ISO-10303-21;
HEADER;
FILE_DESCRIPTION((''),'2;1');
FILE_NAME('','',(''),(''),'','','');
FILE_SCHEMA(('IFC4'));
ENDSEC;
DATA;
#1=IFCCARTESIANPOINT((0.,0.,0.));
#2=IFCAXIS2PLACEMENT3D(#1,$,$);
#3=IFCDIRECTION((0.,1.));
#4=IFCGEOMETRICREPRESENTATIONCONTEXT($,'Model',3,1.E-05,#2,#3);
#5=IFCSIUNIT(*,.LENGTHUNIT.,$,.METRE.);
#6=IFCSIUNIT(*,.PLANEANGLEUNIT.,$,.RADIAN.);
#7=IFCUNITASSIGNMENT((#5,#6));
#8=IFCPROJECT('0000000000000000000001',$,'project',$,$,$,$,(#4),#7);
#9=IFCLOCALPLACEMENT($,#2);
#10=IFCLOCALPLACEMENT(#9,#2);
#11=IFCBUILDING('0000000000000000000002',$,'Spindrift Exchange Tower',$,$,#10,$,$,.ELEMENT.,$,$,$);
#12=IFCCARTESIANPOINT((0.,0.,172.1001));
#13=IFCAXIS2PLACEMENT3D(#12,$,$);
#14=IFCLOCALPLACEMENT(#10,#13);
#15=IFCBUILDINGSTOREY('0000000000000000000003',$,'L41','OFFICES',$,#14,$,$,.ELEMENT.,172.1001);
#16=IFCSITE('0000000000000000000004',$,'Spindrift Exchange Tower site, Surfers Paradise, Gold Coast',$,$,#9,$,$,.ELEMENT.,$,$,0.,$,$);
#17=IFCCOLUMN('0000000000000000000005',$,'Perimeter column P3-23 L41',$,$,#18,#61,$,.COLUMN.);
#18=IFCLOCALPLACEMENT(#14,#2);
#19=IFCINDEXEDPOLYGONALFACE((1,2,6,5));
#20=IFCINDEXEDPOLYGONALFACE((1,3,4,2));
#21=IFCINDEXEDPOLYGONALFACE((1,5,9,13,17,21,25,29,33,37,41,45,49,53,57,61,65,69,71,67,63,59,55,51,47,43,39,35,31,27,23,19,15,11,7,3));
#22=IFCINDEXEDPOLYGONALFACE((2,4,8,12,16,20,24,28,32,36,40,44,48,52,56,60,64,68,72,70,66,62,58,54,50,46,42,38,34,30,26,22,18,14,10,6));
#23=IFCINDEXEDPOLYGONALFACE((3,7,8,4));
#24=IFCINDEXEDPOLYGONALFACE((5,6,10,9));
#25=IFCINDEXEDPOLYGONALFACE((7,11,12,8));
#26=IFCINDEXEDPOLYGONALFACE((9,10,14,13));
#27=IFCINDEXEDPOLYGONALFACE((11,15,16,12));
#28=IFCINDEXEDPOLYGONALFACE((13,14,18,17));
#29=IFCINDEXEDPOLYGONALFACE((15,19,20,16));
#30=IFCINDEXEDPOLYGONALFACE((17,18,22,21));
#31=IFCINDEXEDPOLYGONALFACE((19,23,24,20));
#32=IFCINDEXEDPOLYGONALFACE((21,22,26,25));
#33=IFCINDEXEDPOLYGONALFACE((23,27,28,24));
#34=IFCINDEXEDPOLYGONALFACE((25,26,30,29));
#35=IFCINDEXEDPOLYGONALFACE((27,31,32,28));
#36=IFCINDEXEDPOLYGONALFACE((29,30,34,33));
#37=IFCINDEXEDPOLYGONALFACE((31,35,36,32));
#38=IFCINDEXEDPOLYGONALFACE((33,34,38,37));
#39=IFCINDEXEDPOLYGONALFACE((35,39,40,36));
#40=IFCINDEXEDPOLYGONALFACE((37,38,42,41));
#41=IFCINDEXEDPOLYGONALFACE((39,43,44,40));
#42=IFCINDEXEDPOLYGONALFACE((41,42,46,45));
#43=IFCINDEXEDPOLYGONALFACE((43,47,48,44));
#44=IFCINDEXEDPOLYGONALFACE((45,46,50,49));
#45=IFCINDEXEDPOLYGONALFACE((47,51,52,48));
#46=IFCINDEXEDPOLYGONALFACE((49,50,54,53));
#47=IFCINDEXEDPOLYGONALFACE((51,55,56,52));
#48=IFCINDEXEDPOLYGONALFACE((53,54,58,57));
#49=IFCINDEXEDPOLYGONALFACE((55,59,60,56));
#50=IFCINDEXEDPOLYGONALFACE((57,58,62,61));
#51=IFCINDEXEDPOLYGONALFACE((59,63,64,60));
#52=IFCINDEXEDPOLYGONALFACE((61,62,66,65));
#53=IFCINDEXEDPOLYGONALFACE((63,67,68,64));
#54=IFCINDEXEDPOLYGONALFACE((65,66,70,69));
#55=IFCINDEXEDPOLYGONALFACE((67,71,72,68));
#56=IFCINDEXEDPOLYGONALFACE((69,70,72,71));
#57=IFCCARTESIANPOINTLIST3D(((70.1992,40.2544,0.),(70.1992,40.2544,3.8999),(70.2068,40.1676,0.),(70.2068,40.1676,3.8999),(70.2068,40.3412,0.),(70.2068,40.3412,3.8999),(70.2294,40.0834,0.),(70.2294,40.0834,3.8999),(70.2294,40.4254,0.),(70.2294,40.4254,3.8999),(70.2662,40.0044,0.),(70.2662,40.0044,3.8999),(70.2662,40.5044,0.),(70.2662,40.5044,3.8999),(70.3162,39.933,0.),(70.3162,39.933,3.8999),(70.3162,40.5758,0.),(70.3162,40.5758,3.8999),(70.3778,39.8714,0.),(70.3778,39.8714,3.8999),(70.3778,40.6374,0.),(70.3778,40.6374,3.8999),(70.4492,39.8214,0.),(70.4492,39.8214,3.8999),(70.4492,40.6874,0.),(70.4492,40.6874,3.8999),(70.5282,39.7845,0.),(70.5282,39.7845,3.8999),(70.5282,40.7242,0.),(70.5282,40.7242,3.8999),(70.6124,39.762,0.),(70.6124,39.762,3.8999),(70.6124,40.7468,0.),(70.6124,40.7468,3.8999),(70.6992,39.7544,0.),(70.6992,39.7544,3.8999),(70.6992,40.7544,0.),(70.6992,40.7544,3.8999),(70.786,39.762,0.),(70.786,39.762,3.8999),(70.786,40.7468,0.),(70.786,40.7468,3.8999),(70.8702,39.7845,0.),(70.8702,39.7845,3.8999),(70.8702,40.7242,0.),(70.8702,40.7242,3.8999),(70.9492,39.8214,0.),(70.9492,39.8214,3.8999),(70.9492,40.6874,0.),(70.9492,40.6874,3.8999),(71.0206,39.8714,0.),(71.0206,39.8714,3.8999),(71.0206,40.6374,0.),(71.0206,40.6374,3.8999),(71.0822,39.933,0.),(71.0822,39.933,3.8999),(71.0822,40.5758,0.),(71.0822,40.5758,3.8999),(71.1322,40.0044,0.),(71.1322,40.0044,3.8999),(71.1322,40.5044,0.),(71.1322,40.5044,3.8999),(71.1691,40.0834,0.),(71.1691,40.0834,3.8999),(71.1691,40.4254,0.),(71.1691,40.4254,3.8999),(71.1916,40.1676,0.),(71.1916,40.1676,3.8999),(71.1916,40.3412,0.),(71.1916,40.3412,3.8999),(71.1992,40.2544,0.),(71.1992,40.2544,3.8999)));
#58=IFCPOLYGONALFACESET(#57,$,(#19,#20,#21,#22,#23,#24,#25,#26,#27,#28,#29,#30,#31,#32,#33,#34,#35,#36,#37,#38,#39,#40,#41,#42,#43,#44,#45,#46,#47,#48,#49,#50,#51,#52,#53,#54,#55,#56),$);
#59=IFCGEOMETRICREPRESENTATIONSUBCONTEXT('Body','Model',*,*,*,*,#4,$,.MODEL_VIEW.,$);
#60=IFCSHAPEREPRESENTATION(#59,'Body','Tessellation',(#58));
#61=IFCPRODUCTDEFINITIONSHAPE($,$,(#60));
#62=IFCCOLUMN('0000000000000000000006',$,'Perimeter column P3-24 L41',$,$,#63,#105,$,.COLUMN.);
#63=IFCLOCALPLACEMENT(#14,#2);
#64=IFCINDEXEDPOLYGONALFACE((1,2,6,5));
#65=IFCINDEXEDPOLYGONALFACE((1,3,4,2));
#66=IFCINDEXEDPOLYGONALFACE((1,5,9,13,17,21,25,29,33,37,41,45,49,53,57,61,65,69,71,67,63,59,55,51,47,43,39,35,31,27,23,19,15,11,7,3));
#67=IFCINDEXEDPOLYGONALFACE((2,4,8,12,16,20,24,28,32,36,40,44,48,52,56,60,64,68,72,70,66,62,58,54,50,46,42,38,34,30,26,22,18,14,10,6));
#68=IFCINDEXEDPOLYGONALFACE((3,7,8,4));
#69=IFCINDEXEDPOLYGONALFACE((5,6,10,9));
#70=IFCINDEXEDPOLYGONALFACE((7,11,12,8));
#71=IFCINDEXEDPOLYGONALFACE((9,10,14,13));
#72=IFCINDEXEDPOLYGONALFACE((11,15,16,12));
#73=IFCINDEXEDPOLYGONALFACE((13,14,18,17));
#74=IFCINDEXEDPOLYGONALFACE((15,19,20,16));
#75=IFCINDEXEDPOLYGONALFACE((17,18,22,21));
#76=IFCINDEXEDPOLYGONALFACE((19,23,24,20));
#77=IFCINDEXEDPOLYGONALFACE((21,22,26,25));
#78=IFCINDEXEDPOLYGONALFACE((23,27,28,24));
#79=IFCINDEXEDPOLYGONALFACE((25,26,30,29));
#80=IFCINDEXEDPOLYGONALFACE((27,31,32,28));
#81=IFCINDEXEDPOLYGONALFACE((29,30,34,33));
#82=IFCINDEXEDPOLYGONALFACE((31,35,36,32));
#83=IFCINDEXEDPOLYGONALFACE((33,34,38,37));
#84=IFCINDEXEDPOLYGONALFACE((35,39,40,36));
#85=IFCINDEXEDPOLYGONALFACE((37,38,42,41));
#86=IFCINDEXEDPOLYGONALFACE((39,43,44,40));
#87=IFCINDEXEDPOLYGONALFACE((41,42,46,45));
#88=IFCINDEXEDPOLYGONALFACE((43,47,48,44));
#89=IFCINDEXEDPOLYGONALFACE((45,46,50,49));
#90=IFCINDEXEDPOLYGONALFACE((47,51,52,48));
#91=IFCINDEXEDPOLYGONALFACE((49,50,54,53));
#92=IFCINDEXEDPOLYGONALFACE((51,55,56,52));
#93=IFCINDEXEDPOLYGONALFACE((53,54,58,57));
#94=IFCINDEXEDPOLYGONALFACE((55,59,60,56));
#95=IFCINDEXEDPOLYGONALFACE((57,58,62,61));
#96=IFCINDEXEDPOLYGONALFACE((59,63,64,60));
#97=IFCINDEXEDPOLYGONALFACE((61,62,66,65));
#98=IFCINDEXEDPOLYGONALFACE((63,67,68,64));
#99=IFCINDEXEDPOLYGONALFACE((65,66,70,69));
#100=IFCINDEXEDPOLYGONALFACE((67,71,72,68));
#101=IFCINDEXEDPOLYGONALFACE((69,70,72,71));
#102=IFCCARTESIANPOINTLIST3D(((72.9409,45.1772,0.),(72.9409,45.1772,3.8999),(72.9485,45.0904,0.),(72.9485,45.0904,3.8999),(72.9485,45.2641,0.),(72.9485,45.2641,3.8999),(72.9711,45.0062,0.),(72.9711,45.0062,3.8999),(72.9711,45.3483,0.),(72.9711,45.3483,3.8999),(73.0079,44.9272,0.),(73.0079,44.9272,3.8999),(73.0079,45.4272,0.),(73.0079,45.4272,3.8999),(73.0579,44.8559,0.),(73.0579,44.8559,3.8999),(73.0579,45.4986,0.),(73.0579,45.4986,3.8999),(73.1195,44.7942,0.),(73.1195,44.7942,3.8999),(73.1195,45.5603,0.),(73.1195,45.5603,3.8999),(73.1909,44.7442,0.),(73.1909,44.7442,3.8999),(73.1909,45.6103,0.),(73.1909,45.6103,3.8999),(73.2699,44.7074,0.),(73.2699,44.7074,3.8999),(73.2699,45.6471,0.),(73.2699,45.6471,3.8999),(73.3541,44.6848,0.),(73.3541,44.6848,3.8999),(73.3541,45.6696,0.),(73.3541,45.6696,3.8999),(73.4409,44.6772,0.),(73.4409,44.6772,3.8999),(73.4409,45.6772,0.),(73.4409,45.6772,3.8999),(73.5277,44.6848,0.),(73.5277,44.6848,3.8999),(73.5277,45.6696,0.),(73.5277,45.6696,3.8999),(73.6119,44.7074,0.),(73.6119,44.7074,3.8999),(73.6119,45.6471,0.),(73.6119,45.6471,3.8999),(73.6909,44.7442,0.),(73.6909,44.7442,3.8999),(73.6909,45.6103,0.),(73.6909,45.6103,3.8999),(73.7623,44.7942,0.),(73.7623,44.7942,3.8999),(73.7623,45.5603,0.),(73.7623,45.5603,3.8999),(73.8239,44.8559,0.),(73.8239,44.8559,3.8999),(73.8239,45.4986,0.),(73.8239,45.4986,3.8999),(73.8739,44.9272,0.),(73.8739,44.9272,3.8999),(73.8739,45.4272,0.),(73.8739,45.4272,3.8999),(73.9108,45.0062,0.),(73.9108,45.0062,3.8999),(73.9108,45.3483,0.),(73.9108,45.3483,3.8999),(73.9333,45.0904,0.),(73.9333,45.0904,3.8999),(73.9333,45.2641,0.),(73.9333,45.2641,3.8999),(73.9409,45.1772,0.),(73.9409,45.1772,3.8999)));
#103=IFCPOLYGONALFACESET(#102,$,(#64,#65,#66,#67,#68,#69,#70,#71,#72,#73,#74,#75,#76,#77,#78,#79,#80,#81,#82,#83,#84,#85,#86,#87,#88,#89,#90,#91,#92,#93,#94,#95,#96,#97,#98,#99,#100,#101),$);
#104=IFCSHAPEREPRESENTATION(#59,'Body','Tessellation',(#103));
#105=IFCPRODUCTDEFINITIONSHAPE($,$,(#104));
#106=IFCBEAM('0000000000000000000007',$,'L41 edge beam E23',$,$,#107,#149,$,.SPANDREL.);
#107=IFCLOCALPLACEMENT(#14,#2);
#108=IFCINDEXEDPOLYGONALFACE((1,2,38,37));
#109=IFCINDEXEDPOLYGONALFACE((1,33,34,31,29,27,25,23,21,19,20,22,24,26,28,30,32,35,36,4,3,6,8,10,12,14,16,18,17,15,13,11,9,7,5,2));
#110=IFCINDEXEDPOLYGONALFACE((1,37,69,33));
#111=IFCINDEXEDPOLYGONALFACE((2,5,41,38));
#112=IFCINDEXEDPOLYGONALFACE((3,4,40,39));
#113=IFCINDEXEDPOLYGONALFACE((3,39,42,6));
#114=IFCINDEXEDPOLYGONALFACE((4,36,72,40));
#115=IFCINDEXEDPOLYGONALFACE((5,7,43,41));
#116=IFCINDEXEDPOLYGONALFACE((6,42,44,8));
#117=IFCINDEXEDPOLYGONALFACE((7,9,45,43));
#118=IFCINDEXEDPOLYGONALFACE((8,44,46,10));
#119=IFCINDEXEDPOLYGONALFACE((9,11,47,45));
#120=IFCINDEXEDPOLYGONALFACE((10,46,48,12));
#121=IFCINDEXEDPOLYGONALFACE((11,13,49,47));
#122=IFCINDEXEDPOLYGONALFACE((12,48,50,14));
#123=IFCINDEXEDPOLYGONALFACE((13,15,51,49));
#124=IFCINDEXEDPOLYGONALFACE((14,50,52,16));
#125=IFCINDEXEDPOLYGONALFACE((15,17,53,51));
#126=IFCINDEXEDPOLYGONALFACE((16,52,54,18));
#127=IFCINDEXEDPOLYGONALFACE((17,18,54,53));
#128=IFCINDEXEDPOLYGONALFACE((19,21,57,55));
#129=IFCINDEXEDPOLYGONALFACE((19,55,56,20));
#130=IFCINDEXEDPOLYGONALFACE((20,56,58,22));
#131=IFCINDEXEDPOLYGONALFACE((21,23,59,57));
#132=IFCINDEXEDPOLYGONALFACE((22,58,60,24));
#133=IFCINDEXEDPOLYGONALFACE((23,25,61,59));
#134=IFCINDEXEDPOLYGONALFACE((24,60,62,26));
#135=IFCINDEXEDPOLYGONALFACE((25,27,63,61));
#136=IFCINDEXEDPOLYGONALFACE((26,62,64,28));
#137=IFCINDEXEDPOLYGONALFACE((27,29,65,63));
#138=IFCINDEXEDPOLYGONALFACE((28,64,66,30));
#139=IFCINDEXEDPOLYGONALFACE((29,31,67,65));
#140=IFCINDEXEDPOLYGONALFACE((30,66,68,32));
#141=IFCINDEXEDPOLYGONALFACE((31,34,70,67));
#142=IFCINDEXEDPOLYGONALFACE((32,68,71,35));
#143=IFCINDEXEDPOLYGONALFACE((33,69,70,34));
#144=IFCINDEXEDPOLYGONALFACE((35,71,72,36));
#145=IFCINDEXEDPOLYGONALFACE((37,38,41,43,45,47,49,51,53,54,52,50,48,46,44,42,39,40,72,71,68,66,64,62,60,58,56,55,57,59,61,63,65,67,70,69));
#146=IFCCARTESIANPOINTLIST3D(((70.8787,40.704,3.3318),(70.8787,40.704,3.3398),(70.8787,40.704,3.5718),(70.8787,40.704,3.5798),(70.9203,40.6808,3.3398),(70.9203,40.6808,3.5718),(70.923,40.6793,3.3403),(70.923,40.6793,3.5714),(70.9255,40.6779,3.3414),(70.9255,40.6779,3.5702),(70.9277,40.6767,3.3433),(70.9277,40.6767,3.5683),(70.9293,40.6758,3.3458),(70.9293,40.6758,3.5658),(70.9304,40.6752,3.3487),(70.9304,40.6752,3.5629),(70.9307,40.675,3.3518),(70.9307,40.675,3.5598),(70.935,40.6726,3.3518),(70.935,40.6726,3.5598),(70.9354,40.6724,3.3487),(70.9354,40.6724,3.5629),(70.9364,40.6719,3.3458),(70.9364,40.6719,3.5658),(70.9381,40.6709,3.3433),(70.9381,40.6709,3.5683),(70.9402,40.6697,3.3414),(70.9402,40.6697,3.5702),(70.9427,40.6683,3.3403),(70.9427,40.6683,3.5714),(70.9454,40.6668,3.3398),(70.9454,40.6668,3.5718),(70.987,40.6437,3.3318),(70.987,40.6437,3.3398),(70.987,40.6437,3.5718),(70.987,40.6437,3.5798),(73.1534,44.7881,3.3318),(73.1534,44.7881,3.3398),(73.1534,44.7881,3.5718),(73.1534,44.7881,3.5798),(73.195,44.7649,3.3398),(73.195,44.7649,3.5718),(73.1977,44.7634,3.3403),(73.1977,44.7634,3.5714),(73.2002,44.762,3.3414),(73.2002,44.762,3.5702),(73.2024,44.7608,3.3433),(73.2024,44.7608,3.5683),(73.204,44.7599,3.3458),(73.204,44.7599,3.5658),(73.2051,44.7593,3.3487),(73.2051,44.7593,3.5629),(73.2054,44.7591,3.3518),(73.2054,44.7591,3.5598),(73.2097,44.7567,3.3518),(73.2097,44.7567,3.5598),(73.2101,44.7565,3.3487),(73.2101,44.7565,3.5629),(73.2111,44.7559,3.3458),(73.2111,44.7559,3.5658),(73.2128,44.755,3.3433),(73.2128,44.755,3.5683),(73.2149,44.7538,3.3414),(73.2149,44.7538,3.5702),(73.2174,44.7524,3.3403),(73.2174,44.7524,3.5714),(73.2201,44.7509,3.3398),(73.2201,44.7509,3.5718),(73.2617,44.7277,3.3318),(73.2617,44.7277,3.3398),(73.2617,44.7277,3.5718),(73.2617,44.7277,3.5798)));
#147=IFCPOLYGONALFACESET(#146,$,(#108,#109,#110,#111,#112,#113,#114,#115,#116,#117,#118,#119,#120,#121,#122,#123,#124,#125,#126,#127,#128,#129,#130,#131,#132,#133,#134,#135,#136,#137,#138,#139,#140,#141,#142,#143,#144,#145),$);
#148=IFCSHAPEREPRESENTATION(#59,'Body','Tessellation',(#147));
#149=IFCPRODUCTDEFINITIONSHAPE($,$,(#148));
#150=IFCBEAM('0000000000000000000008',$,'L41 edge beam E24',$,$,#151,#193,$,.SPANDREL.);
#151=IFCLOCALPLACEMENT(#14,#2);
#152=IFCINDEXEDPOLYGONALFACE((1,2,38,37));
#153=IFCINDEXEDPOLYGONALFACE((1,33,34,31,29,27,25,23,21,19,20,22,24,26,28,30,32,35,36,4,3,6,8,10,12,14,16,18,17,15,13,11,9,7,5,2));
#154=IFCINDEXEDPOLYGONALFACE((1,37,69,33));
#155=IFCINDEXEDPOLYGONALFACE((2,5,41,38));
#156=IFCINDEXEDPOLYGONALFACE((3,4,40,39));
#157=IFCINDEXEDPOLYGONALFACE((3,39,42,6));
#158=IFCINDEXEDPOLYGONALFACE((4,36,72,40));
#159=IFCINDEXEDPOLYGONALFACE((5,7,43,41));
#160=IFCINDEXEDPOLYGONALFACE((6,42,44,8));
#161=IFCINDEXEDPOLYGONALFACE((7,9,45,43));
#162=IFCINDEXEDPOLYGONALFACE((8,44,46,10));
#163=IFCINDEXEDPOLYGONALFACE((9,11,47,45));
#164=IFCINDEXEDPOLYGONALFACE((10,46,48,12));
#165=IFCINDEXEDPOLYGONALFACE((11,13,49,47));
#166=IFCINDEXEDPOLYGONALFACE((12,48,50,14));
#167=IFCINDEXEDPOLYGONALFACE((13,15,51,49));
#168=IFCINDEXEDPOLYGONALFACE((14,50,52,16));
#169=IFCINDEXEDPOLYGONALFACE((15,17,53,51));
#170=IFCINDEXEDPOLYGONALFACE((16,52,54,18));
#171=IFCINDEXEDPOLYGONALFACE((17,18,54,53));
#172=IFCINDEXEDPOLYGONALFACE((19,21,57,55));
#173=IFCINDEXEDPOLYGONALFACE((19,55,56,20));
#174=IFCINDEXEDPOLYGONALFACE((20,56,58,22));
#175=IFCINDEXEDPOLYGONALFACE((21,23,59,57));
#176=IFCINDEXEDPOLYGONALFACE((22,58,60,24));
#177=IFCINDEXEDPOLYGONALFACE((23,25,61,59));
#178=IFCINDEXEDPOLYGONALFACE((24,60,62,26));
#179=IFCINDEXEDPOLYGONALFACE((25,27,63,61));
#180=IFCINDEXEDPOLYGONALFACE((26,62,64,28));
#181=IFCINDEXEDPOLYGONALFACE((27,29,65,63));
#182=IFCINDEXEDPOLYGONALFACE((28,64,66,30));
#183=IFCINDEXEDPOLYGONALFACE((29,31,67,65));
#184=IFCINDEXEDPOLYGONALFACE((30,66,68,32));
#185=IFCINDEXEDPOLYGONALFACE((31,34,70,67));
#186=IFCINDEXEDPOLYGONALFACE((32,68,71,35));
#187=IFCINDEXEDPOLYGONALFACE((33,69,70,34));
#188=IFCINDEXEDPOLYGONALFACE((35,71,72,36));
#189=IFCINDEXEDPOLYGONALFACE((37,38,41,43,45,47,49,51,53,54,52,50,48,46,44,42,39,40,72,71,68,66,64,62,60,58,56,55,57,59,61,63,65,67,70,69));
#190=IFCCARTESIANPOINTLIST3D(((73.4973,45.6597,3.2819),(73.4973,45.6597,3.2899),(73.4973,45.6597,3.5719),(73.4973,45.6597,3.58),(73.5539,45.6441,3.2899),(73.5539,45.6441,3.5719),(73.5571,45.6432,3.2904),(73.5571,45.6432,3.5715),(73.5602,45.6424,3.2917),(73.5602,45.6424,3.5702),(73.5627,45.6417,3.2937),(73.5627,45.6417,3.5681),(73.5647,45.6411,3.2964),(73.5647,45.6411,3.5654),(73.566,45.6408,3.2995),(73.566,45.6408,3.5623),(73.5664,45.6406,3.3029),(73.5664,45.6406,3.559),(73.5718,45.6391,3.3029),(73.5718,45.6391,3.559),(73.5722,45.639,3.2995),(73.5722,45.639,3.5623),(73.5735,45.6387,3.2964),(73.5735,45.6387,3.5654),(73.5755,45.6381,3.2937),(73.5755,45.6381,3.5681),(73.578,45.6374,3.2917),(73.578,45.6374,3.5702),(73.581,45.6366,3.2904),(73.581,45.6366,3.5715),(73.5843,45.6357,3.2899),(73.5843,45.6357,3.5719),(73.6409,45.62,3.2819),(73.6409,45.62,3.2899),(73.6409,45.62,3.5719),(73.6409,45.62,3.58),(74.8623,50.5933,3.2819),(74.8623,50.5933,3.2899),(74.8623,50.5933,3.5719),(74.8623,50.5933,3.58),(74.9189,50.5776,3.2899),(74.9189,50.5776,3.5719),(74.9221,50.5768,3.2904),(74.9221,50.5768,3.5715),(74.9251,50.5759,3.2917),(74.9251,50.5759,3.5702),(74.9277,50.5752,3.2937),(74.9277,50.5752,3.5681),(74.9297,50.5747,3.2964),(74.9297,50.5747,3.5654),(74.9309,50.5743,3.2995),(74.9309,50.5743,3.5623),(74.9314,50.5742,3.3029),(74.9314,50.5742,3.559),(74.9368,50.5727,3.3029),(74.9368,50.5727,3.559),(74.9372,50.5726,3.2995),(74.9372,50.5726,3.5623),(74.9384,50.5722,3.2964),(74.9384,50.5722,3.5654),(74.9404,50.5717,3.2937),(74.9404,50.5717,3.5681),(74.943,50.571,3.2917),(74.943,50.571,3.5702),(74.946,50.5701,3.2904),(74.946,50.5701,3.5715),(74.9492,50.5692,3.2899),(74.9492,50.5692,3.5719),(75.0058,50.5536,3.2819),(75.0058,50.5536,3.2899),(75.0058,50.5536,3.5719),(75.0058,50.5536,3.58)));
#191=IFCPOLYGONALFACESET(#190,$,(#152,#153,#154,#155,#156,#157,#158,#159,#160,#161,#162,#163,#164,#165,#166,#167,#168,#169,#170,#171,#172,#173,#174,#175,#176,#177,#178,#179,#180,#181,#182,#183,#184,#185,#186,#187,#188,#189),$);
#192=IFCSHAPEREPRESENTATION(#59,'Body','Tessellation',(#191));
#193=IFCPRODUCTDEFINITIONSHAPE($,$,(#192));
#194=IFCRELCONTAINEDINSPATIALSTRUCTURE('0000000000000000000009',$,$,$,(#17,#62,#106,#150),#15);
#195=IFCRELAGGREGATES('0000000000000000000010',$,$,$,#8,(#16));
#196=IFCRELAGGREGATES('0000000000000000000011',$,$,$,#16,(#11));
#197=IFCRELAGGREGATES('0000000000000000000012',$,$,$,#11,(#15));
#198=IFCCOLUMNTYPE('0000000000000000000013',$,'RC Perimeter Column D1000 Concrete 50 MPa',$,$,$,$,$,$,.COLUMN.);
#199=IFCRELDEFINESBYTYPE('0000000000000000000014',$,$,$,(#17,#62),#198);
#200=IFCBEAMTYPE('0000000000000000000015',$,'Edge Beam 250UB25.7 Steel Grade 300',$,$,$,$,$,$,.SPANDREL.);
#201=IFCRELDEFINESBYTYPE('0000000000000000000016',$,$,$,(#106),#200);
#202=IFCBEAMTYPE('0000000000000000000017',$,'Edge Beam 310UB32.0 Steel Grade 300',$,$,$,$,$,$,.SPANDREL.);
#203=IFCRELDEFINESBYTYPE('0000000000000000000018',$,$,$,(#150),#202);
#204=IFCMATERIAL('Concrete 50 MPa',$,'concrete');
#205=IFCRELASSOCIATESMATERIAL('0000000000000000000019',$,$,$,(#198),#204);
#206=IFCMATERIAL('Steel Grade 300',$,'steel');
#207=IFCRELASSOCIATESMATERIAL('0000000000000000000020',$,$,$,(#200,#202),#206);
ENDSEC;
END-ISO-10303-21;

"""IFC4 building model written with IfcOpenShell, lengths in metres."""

from ifc_helpers import new_model, si_unit, direction, frame, origin, origin_2d, place, context, subcontext, project, spatial, circle, i_section, extrude, source, transform, mapped, material, material_profile, profile_set, type_object, element, save


model = new_model("IFC4")

# Units and contexts
model_context = context("Model", 3, precision=1e-05, world=origin(), true_north=direction((0.0, 1.0)))
body_context = subcontext(model_context, "Body", "Model", "MODEL_VIEW")
ifc_project = project(units=[si_unit("LENGTHUNIT", "METRE"), si_unit("PLANEANGLEUNIT", "RADIAN")], contexts=[model_context])

# Site, building, storey
site_placement = place(None, origin())
site = spatial("IfcSite", under=ifc_project, at=site_placement, Name="Spindrift Exchange Tower site, Surfers Paradise, Gold Coast", CompositionType="ELEMENT", RefElevation=0.0)
building_placement = place(site_placement, origin())
building = spatial("IfcBuilding", under=site, at=building_placement, Name="Spindrift Exchange Tower", CompositionType="ELEMENT")
storey_placement = place(building_placement, frame((0.0, 0.0, 172.1001)))
storey = spatial("IfcBuildingStorey", under=building, at=storey_placement, Name="L41", Description="OFFICES", CompositionType="ELEMENT", Elevation=172.1001)

# Columns
ifc_material_1 = material(Name="Concrete 50 MPa", Category="concrete")
ifc_material_profile_1 = material_profile(ifc_material_1, circle(Radius=0.5, at=origin_2d()), Name="RC D1000")
ifc_profile_set_1 = profile_set([ifc_material_profile_1], Name="Concrete 50 MPa")
column_type = type_object("IfcColumnType", Name="RC Perimeter Column D1000 Concrete 50 MPa", PredefinedType="COLUMN", material=ifc_profile_set_1)
shared_shape_1 = source(origin(), body_context, "Body", "SweptSolid", [
    extrude(circle(Radius=0.5, at=origin_2d()), origin(), (0.0, 0.0, 1.0), 3.8999),
])
for number, where, z_axis, x_axis, name in (
    (1, (70.6992, 40.2544, 0.0), (0.0, 0.0, 1.0), (1.0, 0.0, 0.0), "Perimeter column P3-23 L41"),
    (2, (73.4409, 45.1772, 0.0), (0.0, 0.0, 1.0), (1.0, 0.0, 0.0), "Perimeter column P3-24 L41"),
):
    element("IfcColumn", number, at=place(storey_placement, frame(where, z_axis=z_axis, x_axis=x_axis)), inside=storey, type_object=column_type, Name=name, PredefinedType="COLUMN", context=body_context, shape_type="MappedRepresentation", body=[
        mapped(shared_shape_1, transform((0.0, 0.0, 0.0), scale=1.0)),
    ])

# Beams
ifc_material_2 = material(Name="Steel Grade 300", Category="steel")
ifc_material_profile_2 = material_profile(ifc_material_2, i_section(OverallWidth=0.124, OverallDepth=0.248, WebThickness=0.0049, FlangeThickness=0.0081, FilletRadius=0.012, at=origin_2d()), Name="250UB25.7")
ifc_profile_set_2 = profile_set([ifc_material_profile_2], Name="Steel Grade 300")
beam_type_1 = type_object("IfcBeamType", Name="Edge Beam 250UB25.7 Steel Grade 300", PredefinedType="SPANDREL", material=ifc_profile_set_2)
shared_shape_2 = source(origin(), body_context, "Body", "SweptSolid", [
    extrude(i_section(OverallWidth=0.124, OverallDepth=0.248, WebThickness=0.0049, FlangeThickness=0.0081, FilletRadius=0.012, at=origin_2d()), origin(), (0.0, 0.0, 1.0), 4.6748),
])
beam_1_placement = place(storey_placement, frame((70.9329, 40.6738, 3.4558), z_axis=(0.486587, 0.873632, 0.0), x_axis=(-0.873632, 0.486587, 0.0)))
element("IfcBeam", 3, at=beam_1_placement, inside=storey, type_object=beam_type_1, Name="L41 edge beam E23", PredefinedType="SPANDREL", context=body_context, shape_type="MappedRepresentation", body=[
    mapped(shared_shape_2, transform((0.0, 0.0, 0.0), scale=1.0)),
])
ifc_material_profile_3 = material_profile(ifc_material_2, i_section(OverallWidth=0.1489, OverallDepth=0.2981, WebThickness=0.0056, FlangeThickness=0.0081, FilletRadius=0.0129, at=origin_2d()), Name="310UB32.0")
ifc_profile_set_3 = profile_set([ifc_material_profile_3], Name="Steel Grade 300")
beam_type_2 = type_object("IfcBeamType", Name="Edge Beam 310UB32.0 Steel Grade 300", PredefinedType="SPANDREL", material=ifc_profile_set_3)
shared_shape_3 = source(origin(), body_context, "Body", "SweptSolid", [
    extrude(i_section(OverallWidth=0.1489, OverallDepth=0.2981, WebThickness=0.0056, FlangeThickness=0.0081, FilletRadius=0.0129, at=origin_2d()), origin(), (0.0, 0.0, 1.0), 5.1189),
])
beam_2_placement = place(storey_placement, frame((73.5691, 45.6399, 3.4309), z_axis=(0.266655, 0.963792, 0.0), x_axis=(-0.963792, 0.266655, 0.0)))
element("IfcBeam", 4, at=beam_2_placement, inside=storey, type_object=beam_type_2, Name="L41 edge beam E24", PredefinedType="SPANDREL", context=body_context, shape_type="MappedRepresentation", body=[
    mapped(shared_shape_3, transform((0.0, 0.0, 0.0), scale=1.0)),
])

save(model, "model.ifc")
